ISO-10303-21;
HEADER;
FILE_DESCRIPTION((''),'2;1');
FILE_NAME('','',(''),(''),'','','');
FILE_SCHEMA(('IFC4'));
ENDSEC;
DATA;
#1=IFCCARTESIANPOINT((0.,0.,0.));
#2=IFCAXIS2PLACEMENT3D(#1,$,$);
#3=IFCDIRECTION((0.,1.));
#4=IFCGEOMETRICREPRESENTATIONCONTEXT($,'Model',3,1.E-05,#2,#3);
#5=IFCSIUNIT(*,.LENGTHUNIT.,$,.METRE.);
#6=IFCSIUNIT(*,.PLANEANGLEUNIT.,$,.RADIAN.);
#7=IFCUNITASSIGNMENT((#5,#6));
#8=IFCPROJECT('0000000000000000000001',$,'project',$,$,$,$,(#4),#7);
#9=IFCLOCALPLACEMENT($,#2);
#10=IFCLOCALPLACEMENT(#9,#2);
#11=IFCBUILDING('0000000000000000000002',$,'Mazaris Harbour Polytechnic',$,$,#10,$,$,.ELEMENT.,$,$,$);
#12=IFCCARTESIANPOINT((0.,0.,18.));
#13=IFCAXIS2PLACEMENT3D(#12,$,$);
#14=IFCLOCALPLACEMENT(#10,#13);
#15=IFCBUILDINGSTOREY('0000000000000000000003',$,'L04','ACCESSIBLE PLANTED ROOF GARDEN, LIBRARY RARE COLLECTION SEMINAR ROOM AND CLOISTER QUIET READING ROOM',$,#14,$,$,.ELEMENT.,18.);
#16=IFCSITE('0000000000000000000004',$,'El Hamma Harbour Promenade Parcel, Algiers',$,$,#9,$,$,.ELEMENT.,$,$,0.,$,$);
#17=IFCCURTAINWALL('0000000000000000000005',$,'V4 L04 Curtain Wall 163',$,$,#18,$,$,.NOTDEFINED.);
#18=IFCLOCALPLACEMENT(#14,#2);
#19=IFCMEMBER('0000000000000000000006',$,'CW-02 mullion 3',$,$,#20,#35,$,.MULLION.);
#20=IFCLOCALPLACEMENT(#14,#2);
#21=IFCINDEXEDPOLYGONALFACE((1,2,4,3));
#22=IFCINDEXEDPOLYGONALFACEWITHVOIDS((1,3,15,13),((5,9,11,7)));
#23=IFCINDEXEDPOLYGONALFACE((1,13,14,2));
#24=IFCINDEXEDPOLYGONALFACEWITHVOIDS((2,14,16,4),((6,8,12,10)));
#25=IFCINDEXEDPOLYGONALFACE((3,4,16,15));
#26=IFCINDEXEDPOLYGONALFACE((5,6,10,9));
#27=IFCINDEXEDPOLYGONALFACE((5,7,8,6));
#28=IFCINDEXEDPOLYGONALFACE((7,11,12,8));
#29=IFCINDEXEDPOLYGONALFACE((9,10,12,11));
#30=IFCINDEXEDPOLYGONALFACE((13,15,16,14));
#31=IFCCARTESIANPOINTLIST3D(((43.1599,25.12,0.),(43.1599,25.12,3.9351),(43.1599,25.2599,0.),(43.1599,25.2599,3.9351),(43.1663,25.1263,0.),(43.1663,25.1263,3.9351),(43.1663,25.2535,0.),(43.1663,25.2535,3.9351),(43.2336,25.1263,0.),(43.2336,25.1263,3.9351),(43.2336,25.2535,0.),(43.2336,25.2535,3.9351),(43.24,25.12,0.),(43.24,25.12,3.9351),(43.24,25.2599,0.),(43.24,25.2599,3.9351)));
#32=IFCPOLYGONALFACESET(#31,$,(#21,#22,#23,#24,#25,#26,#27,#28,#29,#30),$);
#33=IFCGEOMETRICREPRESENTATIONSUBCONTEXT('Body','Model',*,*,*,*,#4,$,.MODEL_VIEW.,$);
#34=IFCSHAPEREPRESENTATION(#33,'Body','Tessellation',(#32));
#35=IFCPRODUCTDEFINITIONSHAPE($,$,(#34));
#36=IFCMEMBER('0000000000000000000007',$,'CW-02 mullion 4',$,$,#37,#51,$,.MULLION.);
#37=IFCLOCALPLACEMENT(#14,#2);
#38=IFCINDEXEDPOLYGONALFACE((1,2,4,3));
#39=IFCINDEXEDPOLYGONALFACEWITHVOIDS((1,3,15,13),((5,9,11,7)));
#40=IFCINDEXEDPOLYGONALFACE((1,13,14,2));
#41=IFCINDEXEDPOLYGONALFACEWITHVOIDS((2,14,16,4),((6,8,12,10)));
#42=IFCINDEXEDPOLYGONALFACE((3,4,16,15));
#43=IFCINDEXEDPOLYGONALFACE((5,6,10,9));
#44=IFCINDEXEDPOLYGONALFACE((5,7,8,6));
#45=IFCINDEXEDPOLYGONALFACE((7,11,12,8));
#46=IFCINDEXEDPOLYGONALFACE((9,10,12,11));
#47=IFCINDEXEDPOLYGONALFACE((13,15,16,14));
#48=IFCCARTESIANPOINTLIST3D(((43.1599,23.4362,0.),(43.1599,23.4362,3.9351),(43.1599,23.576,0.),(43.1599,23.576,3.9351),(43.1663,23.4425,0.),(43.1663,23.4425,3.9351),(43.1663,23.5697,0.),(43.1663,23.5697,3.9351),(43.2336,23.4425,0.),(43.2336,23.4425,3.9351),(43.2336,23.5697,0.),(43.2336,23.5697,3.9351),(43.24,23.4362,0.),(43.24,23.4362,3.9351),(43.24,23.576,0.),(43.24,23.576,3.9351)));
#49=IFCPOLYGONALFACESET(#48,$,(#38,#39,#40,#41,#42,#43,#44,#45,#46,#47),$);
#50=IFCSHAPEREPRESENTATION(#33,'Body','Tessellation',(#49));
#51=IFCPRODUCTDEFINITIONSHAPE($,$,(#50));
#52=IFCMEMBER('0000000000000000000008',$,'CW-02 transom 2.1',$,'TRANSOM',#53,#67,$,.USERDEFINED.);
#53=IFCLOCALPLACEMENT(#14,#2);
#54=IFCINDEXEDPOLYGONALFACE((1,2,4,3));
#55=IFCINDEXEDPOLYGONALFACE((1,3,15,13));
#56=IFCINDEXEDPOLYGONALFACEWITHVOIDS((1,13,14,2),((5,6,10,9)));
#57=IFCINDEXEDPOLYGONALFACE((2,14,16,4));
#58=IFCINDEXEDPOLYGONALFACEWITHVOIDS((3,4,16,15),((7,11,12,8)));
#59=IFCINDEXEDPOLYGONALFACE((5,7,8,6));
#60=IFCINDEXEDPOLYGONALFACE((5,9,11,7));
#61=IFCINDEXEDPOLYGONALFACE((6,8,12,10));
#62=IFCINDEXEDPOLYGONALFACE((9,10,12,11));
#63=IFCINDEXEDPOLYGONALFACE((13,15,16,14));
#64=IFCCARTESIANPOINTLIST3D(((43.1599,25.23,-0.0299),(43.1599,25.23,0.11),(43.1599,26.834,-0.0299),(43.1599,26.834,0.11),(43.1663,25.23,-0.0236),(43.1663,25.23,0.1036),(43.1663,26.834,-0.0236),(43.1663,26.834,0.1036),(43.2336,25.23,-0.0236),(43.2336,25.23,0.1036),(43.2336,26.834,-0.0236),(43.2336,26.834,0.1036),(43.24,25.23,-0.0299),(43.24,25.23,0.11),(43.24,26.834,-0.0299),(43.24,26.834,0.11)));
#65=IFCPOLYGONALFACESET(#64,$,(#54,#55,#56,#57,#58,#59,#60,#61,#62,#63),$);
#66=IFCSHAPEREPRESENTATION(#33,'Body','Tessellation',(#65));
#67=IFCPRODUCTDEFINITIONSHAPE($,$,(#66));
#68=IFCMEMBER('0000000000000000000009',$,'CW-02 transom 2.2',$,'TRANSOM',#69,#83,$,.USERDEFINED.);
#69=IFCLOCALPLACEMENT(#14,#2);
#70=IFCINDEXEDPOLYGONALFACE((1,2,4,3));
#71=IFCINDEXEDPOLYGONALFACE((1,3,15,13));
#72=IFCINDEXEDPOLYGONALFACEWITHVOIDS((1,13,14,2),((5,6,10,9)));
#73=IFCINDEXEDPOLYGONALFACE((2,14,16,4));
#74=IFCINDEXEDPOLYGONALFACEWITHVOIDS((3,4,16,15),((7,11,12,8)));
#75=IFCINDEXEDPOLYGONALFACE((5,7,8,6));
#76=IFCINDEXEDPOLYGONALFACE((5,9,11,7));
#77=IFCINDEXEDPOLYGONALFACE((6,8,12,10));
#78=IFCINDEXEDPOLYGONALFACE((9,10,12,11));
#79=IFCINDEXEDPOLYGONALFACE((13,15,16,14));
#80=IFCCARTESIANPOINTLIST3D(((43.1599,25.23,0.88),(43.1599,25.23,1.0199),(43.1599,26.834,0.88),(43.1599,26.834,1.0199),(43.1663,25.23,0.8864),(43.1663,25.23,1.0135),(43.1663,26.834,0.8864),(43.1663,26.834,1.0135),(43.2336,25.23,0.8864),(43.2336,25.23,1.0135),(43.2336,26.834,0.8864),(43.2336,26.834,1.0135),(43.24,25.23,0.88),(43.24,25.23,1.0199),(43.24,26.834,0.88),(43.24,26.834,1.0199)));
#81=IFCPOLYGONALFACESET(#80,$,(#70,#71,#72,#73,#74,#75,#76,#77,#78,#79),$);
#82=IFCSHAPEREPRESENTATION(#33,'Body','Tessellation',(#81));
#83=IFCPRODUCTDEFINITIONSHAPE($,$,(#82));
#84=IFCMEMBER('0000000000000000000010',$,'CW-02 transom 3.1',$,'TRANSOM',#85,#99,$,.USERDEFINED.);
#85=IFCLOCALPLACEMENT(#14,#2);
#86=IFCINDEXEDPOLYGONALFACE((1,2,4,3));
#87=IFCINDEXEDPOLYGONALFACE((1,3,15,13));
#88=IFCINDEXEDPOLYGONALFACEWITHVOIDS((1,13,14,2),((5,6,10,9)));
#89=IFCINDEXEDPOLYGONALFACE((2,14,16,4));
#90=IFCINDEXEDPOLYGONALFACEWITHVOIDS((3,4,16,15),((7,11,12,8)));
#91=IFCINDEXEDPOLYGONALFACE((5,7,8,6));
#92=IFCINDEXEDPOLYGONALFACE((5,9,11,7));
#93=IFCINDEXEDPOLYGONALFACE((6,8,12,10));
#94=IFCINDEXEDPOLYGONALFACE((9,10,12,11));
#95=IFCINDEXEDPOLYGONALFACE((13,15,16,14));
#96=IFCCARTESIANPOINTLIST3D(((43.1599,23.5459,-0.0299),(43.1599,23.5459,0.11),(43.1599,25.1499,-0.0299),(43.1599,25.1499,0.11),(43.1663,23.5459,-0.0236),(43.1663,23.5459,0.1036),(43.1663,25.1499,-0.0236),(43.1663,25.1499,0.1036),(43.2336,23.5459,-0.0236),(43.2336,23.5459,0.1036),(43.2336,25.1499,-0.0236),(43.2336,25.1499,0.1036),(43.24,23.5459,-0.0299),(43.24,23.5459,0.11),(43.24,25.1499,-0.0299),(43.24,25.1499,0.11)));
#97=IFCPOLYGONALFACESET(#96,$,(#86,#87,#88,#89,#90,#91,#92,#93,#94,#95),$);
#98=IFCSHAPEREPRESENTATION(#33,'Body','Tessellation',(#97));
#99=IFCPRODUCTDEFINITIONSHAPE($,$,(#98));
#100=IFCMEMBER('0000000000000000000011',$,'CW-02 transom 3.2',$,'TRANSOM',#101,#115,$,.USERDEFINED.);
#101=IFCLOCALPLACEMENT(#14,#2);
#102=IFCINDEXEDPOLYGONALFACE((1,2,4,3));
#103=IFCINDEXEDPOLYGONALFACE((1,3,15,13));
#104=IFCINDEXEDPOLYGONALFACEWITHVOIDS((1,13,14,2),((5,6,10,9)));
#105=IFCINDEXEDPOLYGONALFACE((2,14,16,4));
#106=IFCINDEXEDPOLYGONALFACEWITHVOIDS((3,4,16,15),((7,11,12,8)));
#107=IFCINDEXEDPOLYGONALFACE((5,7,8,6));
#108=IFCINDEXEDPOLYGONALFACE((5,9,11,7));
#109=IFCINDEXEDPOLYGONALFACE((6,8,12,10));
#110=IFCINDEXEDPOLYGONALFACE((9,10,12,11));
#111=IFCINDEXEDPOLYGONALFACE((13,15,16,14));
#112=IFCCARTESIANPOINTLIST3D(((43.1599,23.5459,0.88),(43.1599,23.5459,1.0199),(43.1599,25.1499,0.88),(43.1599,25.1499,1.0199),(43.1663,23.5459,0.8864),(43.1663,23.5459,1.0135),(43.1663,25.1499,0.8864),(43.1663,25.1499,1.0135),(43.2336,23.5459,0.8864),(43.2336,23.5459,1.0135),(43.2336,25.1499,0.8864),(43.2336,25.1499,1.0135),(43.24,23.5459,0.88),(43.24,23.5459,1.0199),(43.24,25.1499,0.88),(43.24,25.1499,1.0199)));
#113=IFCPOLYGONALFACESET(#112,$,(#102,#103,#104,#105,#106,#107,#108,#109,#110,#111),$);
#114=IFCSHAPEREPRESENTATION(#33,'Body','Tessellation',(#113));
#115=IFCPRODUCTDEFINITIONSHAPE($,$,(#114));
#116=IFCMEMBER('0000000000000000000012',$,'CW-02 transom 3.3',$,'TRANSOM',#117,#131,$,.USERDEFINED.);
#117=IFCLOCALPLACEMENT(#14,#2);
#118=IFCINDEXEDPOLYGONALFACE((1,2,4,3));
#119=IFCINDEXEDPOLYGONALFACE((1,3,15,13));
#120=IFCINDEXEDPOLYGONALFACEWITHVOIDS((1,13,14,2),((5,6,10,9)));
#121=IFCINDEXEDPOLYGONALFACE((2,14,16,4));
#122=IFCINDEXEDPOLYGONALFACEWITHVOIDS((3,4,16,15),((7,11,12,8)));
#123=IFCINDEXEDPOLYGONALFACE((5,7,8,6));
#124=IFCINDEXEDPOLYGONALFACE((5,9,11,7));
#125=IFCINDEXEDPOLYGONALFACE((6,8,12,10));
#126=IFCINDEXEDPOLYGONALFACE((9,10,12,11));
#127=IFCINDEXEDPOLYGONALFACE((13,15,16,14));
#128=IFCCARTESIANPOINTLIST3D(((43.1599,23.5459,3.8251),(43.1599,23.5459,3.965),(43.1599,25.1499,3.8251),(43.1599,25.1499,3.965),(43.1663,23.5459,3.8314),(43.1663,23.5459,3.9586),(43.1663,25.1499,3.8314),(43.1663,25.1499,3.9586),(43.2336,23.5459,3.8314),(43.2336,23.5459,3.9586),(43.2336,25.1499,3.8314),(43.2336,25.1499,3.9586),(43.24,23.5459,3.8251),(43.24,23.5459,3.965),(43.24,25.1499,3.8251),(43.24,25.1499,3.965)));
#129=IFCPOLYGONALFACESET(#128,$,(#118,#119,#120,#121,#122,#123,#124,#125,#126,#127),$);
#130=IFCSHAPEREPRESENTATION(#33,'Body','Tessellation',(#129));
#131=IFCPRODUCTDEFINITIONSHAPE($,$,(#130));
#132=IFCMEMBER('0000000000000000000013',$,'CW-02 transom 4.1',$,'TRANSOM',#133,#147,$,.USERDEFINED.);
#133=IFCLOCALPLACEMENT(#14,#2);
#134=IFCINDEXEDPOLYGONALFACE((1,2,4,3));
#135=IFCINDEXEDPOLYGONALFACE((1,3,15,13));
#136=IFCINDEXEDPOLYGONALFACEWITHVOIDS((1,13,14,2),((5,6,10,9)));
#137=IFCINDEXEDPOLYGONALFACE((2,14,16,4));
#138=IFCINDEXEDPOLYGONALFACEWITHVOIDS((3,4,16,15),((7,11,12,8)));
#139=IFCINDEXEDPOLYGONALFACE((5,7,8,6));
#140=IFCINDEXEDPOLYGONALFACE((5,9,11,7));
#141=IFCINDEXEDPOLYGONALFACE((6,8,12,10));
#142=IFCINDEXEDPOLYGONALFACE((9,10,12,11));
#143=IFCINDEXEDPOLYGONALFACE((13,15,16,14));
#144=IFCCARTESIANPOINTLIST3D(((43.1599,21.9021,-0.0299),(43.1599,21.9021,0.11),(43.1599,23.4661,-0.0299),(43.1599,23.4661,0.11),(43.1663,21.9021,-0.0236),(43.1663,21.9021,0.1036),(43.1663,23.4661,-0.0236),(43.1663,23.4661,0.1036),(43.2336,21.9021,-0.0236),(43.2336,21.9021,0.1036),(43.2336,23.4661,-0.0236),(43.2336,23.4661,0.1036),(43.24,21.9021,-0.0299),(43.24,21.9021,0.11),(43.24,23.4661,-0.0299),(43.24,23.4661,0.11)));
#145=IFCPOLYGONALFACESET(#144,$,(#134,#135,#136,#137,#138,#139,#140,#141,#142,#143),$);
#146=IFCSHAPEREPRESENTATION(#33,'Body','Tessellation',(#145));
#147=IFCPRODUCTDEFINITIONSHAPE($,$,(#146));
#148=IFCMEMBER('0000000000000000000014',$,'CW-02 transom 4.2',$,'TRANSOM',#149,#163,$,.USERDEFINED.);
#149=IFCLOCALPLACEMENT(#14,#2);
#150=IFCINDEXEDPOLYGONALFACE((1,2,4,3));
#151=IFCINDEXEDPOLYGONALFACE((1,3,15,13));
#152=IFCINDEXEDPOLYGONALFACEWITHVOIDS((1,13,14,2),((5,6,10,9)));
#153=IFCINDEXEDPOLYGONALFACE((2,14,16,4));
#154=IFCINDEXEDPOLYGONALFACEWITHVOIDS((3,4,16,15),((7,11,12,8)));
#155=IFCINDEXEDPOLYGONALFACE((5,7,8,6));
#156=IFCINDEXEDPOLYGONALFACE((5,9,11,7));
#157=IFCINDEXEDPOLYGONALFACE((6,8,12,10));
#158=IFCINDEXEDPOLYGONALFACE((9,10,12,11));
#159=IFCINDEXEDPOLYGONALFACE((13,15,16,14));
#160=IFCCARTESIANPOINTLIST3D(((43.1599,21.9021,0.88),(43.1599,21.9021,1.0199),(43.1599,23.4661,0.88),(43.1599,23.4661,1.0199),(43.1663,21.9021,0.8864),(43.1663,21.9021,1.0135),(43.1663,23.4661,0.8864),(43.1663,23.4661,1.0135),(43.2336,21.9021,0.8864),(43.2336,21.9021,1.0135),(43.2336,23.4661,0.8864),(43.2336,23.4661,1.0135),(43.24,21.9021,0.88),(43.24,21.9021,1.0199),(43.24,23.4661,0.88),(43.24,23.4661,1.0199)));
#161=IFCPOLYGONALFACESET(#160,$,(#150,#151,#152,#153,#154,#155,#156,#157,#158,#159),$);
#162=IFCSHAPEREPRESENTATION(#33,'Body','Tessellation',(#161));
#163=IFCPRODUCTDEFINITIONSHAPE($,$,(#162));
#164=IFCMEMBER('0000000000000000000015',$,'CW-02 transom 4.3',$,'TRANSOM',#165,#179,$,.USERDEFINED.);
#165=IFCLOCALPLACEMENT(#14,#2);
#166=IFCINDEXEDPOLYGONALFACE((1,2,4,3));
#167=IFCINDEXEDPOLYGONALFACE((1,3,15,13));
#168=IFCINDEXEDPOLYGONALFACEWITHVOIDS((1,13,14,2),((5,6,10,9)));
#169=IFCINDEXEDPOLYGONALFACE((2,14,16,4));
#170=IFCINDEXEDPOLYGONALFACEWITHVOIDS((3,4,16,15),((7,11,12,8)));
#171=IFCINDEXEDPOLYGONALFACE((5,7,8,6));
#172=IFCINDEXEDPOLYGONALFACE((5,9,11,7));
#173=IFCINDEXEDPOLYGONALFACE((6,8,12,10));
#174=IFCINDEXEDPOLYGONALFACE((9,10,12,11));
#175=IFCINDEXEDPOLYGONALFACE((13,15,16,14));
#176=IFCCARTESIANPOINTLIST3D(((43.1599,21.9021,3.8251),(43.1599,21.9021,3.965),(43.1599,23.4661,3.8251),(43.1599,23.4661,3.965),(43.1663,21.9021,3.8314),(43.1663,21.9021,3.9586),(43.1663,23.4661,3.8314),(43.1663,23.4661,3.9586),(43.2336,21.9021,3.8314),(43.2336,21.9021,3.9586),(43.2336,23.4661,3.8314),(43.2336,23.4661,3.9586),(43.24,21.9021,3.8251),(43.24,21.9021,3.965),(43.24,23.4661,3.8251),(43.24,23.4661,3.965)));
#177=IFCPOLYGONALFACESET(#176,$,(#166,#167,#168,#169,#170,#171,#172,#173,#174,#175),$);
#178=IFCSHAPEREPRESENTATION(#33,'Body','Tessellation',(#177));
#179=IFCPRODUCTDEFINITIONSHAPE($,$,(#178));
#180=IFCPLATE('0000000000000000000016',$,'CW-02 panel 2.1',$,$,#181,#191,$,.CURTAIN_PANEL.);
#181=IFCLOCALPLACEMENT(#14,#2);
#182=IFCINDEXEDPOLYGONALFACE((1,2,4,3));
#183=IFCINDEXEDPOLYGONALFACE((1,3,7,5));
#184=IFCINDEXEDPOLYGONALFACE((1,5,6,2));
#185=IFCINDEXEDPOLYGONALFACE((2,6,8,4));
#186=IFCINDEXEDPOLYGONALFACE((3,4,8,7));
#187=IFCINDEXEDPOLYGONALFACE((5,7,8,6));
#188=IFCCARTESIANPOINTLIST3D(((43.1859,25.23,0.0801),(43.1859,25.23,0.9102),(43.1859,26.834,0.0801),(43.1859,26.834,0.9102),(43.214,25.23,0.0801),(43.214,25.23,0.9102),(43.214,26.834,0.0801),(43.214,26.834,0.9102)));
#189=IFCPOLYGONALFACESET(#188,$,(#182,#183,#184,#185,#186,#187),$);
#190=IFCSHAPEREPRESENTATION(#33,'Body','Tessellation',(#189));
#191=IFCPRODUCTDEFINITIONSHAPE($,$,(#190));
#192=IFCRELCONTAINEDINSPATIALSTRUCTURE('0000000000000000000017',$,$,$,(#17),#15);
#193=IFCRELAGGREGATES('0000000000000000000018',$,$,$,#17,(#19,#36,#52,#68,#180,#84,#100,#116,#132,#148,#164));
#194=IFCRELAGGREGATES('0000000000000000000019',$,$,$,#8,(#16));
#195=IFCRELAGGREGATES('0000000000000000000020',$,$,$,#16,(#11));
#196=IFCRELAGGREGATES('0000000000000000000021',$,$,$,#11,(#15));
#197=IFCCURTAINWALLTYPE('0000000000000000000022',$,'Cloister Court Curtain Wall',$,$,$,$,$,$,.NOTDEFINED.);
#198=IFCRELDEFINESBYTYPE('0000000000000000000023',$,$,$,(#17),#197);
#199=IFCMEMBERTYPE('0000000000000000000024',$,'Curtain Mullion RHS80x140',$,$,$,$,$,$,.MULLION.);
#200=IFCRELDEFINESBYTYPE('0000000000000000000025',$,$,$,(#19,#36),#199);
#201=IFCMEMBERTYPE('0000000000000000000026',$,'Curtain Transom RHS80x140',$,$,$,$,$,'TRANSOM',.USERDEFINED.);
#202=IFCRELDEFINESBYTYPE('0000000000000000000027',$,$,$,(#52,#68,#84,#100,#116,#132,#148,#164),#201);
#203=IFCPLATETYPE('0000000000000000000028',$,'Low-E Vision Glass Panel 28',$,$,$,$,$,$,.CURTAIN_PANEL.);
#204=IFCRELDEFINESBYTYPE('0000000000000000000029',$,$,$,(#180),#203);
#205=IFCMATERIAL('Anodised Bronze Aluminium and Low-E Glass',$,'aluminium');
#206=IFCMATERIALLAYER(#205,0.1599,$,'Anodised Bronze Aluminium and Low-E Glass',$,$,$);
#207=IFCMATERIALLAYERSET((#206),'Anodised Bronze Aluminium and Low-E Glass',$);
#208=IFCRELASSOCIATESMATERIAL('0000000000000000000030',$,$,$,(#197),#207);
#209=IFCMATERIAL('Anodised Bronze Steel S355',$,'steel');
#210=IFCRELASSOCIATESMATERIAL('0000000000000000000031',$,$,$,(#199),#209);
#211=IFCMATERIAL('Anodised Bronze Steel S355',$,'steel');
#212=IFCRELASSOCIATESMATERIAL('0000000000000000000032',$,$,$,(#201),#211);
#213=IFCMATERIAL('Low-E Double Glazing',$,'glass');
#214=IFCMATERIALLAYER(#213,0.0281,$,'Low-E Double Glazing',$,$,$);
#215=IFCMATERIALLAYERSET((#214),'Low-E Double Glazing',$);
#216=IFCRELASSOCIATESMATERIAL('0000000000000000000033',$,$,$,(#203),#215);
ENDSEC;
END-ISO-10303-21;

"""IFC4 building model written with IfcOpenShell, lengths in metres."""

from ifc_helpers import new_model, si_unit, direction, frame, origin, origin_2d, place, context, subcontext, project, spatial, rectangle, hollow_rectangle, extrude, material, layer, layer_set, material_profile, profile_set, type_object, element, aggregate, save


model = new_model("IFC4")

# Units and contexts
model_context = context("Model", 3, precision=1e-05, world=origin(), true_north=direction((0.0, 1.0)))
body_context = subcontext(model_context, "Body", "Model", "MODEL_VIEW")
ifc_project = project(units=[si_unit("LENGTHUNIT", "METRE"), si_unit("PLANEANGLEUNIT", "RADIAN")], contexts=[model_context])

# Site, building, storey
site_placement = place(None, origin())
site = spatial("IfcSite", under=ifc_project, at=site_placement, Name="El Hamma Harbour Promenade Parcel, Algiers", CompositionType="ELEMENT", RefElevation=0.0)
building_placement = place(site_placement, origin())
building = spatial("IfcBuilding", under=site, at=building_placement, Name="Mazaris Harbour Polytechnic", CompositionType="ELEMENT")
storey_placement = place(building_placement, frame((0.0, 0.0, 18.0)))
storey = spatial("IfcBuildingStorey", under=building, at=storey_placement, Name="L04", Description="ACCESSIBLE PLANTED ROOF GARDEN, LIBRARY RARE COLLECTION SEMINAR ROOM AND CLOISTER QUIET READING ROOM", CompositionType="ELEMENT", Elevation=18.0)

# Curtain wall, members, plate
ifc_material_1 = material(Name="Anodised Bronze Aluminium and Low-E Glass", Category="aluminium")
ifc_layer_1 = layer(ifc_material_1, 0.1599, Name="Anodised Bronze Aluminium and Low-E Glass")
ifc_layer_set_1 = layer_set([ifc_layer_1], Name="Anodised Bronze Aluminium and Low-E Glass")
curtain_wall_type = type_object("IfcCurtainWallType", Name="Cloister Court Curtain Wall", PredefinedType="NOTDEFINED", material=ifc_layer_set_1)
curtain_wall_placement = place(storey_placement, origin())
curtain_wall = element("IfcCurtainWall", 1, at=curtain_wall_placement, inside=storey, type_object=curtain_wall_type, Name="V4 L04 Curtain Wall 163", PredefinedType="NOTDEFINED")
ifc_material_2 = material(Name="Anodised Bronze Steel S355", Category="steel")
ifc_material_profile_1 = material_profile(ifc_material_2, hollow_rectangle(XDim=0.0801, YDim=0.1399, WallThickness=0.0063, at=origin_2d()), Name="RHS 80x140x6.3")
ifc_profile_set_1 = profile_set([ifc_material_profile_1], Name="Anodised Bronze Steel S355")
member_type_1 = type_object("IfcMemberType", Name="Curtain Mullion RHS80x140", PredefinedType="MULLION", material=ifc_profile_set_1)
member_1_placement = place(storey_placement, frame((43.2, 25.1899, 0.0), z_axis=(0.0, 0.0, 1.0), x_axis=(1.0, 0.0, 0.0)))
member_1 = element("IfcMember", 2, at=member_1_placement, type_object=member_type_1, Name="CW-02 mullion 3", PredefinedType="MULLION", context=body_context, shape_type="SweptSolid", body=[
    extrude(hollow_rectangle(XDim=0.0801, YDim=0.1399, WallThickness=0.0063, at=origin_2d()), origin(), (0.0, 0.0, 1.0), 3.9351),
])
member_2_placement = place(storey_placement, frame((43.2, 23.5061, 0.0), z_axis=(0.0, 0.0, 1.0), x_axis=(1.0, 0.0, 0.0)))
member_2 = element("IfcMember", 3, at=member_2_placement, type_object=member_type_1, Name="CW-02 mullion 4", PredefinedType="MULLION", context=body_context, shape_type="SweptSolid", body=[
    extrude(hollow_rectangle(XDim=0.0801, YDim=0.1399, WallThickness=0.0063, at=origin_2d()), origin(), (0.0, 0.0, 1.0), 3.9351),
])
ifc_material_3 = material(Name="Anodised Bronze Steel S355", Category="steel")
ifc_material_profile_2 = material_profile(ifc_material_3, hollow_rectangle(XDim=0.0801, YDim=0.1399, WallThickness=0.0063, at=origin_2d()), Name="RHS 80x140x6.3")
ifc_profile_set_2 = profile_set([ifc_material_profile_2], Name="Anodised Bronze Steel S355")
member_type_2 = type_object("IfcMemberType", Name="Curtain Transom RHS80x140", ElementType="TRANSOM", PredefinedType="USERDEFINED", material=ifc_profile_set_2)
member_3_placement = place(storey_placement, frame((43.2, 26.834, 0.04), z_axis=(0.0, -1.0, 0.0), x_axis=(1.0, 0.0, 0.0)))
member_3 = element("IfcMember", 4, at=member_3_placement, type_object=member_type_2, Name="CW-02 transom 2.1", ObjectType="TRANSOM", PredefinedType="USERDEFINED", context=body_context, shape_type="SweptSolid", body=[
    extrude(hollow_rectangle(XDim=0.0801, YDim=0.1399, WallThickness=0.0063, at=origin_2d()), origin(), (0.0, 0.0, 1.0), 1.604),
])
member_4_placement = place(storey_placement, frame((43.2, 26.834, 0.95), z_axis=(0.0, -1.0, 0.0), x_axis=(1.0, 0.0, 0.0)))
member_4 = element("IfcMember", 5, at=member_4_placement, type_object=member_type_2, Name="CW-02 transom 2.2", ObjectType="TRANSOM", PredefinedType="USERDEFINED", context=body_context, shape_type="SweptSolid", body=[
    extrude(hollow_rectangle(XDim=0.0801, YDim=0.1399, WallThickness=0.0063, at=origin_2d()), origin(), (0.0, 0.0, 1.0), 1.604),
])
member_5_placement = place(storey_placement, frame((43.2, 25.1499, 0.04), z_axis=(0.0, -1.0, 0.0), x_axis=(1.0, 0.0, 0.0)))
member_5 = element("IfcMember", 6, at=member_5_placement, type_object=member_type_2, Name="CW-02 transom 3.1", ObjectType="TRANSOM", PredefinedType="USERDEFINED", context=body_context, shape_type="SweptSolid", body=[
    extrude(hollow_rectangle(XDim=0.0801, YDim=0.1399, WallThickness=0.0063, at=origin_2d()), origin(), (0.0, 0.0, 1.0), 1.604),
])
member_6_placement = place(storey_placement, frame((43.2, 25.1499, 0.95), z_axis=(0.0, -1.0, 0.0), x_axis=(1.0, 0.0, 0.0)))
member_6 = element("IfcMember", 7, at=member_6_placement, type_object=member_type_2, Name="CW-02 transom 3.2", ObjectType="TRANSOM", PredefinedType="USERDEFINED", context=body_context, shape_type="SweptSolid", body=[
    extrude(hollow_rectangle(XDim=0.0801, YDim=0.1399, WallThickness=0.0063, at=origin_2d()), origin(), (0.0, 0.0, 1.0), 1.604),
])
member_7_placement = place(storey_placement, frame((43.2, 25.1499, 3.895), z_axis=(0.0, -1.0, 0.0), x_axis=(1.0, 0.0, 0.0)))
member_7 = element("IfcMember", 8, at=member_7_placement, type_object=member_type_2, Name="CW-02 transom 3.3", ObjectType="TRANSOM", PredefinedType="USERDEFINED", context=body_context, shape_type="SweptSolid", body=[
    extrude(hollow_rectangle(XDim=0.0801, YDim=0.1399, WallThickness=0.0063, at=origin_2d()), origin(), (0.0, 0.0, 1.0), 1.604),
])
member_8_placement = place(storey_placement, frame((43.2, 23.4661, 0.04), z_axis=(0.0, -1.0, 0.0), x_axis=(1.0, 0.0, 0.0)))
member_8 = element("IfcMember", 9, at=member_8_placement, type_object=member_type_2, Name="CW-02 transom 4.1", ObjectType="TRANSOM", PredefinedType="USERDEFINED", context=body_context, shape_type="SweptSolid", body=[
    extrude(hollow_rectangle(XDim=0.0801, YDim=0.1399, WallThickness=0.0063, at=origin_2d()), origin(), (0.0, 0.0, 1.0), 1.564),
])
member_9_placement = place(storey_placement, frame((43.2, 23.4661, 0.95), z_axis=(0.0, -1.0, 0.0), x_axis=(1.0, 0.0, 0.0)))
member_9 = element("IfcMember", 10, at=member_9_placement, type_object=member_type_2, Name="CW-02 transom 4.2", ObjectType="TRANSOM", PredefinedType="USERDEFINED", context=body_context, shape_type="SweptSolid", body=[
    extrude(hollow_rectangle(XDim=0.0801, YDim=0.1399, WallThickness=0.0063, at=origin_2d()), origin(), (0.0, 0.0, 1.0), 1.564),
])
member_10_placement = place(storey_placement, frame((43.2, 23.4661, 3.895), z_axis=(0.0, -1.0, 0.0), x_axis=(1.0, 0.0, 0.0)))
member_10 = element("IfcMember", 11, at=member_10_placement, type_object=member_type_2, Name="CW-02 transom 4.3", ObjectType="TRANSOM", PredefinedType="USERDEFINED", context=body_context, shape_type="SweptSolid", body=[
    extrude(hollow_rectangle(XDim=0.0801, YDim=0.1399, WallThickness=0.0063, at=origin_2d()), origin(), (0.0, 0.0, 1.0), 1.564),
])
ifc_material_4 = material(Name="Low-E Double Glazing", Category="glass")
ifc_layer_2 = layer(ifc_material_4, 0.0281, Name="Low-E Double Glazing")
ifc_layer_set_2 = layer_set([ifc_layer_2], Name="Low-E Double Glazing")
plate_type = type_object("IfcPlateType", Name="Low-E Vision Glass Panel 28", PredefinedType="CURTAIN_PANEL", material=ifc_layer_set_2)
plate_1_placement = place(storey_placement, frame((43.2, 26.032, 0.0801), z_axis=(0.0, 0.0, 1.0), x_axis=(0.0, -1.0, 0.0)))
plate_1 = element("IfcPlate", 12, at=plate_1_placement, type_object=plate_type, Name="CW-02 panel 2.1", PredefinedType="CURTAIN_PANEL", context=body_context, shape_type="SweptSolid", body=[
    extrude(rectangle(XDim=1.604, YDim=0.0281, at=origin_2d()), origin(), (0.0, 0.0, 1.0), 0.8301),
])
aggregate(curtain_wall, [member_1, member_2, member_3, member_4, plate_1, member_5, member_6, member_7, member_8, member_9, member_10])

save(model, "model.ifc")
